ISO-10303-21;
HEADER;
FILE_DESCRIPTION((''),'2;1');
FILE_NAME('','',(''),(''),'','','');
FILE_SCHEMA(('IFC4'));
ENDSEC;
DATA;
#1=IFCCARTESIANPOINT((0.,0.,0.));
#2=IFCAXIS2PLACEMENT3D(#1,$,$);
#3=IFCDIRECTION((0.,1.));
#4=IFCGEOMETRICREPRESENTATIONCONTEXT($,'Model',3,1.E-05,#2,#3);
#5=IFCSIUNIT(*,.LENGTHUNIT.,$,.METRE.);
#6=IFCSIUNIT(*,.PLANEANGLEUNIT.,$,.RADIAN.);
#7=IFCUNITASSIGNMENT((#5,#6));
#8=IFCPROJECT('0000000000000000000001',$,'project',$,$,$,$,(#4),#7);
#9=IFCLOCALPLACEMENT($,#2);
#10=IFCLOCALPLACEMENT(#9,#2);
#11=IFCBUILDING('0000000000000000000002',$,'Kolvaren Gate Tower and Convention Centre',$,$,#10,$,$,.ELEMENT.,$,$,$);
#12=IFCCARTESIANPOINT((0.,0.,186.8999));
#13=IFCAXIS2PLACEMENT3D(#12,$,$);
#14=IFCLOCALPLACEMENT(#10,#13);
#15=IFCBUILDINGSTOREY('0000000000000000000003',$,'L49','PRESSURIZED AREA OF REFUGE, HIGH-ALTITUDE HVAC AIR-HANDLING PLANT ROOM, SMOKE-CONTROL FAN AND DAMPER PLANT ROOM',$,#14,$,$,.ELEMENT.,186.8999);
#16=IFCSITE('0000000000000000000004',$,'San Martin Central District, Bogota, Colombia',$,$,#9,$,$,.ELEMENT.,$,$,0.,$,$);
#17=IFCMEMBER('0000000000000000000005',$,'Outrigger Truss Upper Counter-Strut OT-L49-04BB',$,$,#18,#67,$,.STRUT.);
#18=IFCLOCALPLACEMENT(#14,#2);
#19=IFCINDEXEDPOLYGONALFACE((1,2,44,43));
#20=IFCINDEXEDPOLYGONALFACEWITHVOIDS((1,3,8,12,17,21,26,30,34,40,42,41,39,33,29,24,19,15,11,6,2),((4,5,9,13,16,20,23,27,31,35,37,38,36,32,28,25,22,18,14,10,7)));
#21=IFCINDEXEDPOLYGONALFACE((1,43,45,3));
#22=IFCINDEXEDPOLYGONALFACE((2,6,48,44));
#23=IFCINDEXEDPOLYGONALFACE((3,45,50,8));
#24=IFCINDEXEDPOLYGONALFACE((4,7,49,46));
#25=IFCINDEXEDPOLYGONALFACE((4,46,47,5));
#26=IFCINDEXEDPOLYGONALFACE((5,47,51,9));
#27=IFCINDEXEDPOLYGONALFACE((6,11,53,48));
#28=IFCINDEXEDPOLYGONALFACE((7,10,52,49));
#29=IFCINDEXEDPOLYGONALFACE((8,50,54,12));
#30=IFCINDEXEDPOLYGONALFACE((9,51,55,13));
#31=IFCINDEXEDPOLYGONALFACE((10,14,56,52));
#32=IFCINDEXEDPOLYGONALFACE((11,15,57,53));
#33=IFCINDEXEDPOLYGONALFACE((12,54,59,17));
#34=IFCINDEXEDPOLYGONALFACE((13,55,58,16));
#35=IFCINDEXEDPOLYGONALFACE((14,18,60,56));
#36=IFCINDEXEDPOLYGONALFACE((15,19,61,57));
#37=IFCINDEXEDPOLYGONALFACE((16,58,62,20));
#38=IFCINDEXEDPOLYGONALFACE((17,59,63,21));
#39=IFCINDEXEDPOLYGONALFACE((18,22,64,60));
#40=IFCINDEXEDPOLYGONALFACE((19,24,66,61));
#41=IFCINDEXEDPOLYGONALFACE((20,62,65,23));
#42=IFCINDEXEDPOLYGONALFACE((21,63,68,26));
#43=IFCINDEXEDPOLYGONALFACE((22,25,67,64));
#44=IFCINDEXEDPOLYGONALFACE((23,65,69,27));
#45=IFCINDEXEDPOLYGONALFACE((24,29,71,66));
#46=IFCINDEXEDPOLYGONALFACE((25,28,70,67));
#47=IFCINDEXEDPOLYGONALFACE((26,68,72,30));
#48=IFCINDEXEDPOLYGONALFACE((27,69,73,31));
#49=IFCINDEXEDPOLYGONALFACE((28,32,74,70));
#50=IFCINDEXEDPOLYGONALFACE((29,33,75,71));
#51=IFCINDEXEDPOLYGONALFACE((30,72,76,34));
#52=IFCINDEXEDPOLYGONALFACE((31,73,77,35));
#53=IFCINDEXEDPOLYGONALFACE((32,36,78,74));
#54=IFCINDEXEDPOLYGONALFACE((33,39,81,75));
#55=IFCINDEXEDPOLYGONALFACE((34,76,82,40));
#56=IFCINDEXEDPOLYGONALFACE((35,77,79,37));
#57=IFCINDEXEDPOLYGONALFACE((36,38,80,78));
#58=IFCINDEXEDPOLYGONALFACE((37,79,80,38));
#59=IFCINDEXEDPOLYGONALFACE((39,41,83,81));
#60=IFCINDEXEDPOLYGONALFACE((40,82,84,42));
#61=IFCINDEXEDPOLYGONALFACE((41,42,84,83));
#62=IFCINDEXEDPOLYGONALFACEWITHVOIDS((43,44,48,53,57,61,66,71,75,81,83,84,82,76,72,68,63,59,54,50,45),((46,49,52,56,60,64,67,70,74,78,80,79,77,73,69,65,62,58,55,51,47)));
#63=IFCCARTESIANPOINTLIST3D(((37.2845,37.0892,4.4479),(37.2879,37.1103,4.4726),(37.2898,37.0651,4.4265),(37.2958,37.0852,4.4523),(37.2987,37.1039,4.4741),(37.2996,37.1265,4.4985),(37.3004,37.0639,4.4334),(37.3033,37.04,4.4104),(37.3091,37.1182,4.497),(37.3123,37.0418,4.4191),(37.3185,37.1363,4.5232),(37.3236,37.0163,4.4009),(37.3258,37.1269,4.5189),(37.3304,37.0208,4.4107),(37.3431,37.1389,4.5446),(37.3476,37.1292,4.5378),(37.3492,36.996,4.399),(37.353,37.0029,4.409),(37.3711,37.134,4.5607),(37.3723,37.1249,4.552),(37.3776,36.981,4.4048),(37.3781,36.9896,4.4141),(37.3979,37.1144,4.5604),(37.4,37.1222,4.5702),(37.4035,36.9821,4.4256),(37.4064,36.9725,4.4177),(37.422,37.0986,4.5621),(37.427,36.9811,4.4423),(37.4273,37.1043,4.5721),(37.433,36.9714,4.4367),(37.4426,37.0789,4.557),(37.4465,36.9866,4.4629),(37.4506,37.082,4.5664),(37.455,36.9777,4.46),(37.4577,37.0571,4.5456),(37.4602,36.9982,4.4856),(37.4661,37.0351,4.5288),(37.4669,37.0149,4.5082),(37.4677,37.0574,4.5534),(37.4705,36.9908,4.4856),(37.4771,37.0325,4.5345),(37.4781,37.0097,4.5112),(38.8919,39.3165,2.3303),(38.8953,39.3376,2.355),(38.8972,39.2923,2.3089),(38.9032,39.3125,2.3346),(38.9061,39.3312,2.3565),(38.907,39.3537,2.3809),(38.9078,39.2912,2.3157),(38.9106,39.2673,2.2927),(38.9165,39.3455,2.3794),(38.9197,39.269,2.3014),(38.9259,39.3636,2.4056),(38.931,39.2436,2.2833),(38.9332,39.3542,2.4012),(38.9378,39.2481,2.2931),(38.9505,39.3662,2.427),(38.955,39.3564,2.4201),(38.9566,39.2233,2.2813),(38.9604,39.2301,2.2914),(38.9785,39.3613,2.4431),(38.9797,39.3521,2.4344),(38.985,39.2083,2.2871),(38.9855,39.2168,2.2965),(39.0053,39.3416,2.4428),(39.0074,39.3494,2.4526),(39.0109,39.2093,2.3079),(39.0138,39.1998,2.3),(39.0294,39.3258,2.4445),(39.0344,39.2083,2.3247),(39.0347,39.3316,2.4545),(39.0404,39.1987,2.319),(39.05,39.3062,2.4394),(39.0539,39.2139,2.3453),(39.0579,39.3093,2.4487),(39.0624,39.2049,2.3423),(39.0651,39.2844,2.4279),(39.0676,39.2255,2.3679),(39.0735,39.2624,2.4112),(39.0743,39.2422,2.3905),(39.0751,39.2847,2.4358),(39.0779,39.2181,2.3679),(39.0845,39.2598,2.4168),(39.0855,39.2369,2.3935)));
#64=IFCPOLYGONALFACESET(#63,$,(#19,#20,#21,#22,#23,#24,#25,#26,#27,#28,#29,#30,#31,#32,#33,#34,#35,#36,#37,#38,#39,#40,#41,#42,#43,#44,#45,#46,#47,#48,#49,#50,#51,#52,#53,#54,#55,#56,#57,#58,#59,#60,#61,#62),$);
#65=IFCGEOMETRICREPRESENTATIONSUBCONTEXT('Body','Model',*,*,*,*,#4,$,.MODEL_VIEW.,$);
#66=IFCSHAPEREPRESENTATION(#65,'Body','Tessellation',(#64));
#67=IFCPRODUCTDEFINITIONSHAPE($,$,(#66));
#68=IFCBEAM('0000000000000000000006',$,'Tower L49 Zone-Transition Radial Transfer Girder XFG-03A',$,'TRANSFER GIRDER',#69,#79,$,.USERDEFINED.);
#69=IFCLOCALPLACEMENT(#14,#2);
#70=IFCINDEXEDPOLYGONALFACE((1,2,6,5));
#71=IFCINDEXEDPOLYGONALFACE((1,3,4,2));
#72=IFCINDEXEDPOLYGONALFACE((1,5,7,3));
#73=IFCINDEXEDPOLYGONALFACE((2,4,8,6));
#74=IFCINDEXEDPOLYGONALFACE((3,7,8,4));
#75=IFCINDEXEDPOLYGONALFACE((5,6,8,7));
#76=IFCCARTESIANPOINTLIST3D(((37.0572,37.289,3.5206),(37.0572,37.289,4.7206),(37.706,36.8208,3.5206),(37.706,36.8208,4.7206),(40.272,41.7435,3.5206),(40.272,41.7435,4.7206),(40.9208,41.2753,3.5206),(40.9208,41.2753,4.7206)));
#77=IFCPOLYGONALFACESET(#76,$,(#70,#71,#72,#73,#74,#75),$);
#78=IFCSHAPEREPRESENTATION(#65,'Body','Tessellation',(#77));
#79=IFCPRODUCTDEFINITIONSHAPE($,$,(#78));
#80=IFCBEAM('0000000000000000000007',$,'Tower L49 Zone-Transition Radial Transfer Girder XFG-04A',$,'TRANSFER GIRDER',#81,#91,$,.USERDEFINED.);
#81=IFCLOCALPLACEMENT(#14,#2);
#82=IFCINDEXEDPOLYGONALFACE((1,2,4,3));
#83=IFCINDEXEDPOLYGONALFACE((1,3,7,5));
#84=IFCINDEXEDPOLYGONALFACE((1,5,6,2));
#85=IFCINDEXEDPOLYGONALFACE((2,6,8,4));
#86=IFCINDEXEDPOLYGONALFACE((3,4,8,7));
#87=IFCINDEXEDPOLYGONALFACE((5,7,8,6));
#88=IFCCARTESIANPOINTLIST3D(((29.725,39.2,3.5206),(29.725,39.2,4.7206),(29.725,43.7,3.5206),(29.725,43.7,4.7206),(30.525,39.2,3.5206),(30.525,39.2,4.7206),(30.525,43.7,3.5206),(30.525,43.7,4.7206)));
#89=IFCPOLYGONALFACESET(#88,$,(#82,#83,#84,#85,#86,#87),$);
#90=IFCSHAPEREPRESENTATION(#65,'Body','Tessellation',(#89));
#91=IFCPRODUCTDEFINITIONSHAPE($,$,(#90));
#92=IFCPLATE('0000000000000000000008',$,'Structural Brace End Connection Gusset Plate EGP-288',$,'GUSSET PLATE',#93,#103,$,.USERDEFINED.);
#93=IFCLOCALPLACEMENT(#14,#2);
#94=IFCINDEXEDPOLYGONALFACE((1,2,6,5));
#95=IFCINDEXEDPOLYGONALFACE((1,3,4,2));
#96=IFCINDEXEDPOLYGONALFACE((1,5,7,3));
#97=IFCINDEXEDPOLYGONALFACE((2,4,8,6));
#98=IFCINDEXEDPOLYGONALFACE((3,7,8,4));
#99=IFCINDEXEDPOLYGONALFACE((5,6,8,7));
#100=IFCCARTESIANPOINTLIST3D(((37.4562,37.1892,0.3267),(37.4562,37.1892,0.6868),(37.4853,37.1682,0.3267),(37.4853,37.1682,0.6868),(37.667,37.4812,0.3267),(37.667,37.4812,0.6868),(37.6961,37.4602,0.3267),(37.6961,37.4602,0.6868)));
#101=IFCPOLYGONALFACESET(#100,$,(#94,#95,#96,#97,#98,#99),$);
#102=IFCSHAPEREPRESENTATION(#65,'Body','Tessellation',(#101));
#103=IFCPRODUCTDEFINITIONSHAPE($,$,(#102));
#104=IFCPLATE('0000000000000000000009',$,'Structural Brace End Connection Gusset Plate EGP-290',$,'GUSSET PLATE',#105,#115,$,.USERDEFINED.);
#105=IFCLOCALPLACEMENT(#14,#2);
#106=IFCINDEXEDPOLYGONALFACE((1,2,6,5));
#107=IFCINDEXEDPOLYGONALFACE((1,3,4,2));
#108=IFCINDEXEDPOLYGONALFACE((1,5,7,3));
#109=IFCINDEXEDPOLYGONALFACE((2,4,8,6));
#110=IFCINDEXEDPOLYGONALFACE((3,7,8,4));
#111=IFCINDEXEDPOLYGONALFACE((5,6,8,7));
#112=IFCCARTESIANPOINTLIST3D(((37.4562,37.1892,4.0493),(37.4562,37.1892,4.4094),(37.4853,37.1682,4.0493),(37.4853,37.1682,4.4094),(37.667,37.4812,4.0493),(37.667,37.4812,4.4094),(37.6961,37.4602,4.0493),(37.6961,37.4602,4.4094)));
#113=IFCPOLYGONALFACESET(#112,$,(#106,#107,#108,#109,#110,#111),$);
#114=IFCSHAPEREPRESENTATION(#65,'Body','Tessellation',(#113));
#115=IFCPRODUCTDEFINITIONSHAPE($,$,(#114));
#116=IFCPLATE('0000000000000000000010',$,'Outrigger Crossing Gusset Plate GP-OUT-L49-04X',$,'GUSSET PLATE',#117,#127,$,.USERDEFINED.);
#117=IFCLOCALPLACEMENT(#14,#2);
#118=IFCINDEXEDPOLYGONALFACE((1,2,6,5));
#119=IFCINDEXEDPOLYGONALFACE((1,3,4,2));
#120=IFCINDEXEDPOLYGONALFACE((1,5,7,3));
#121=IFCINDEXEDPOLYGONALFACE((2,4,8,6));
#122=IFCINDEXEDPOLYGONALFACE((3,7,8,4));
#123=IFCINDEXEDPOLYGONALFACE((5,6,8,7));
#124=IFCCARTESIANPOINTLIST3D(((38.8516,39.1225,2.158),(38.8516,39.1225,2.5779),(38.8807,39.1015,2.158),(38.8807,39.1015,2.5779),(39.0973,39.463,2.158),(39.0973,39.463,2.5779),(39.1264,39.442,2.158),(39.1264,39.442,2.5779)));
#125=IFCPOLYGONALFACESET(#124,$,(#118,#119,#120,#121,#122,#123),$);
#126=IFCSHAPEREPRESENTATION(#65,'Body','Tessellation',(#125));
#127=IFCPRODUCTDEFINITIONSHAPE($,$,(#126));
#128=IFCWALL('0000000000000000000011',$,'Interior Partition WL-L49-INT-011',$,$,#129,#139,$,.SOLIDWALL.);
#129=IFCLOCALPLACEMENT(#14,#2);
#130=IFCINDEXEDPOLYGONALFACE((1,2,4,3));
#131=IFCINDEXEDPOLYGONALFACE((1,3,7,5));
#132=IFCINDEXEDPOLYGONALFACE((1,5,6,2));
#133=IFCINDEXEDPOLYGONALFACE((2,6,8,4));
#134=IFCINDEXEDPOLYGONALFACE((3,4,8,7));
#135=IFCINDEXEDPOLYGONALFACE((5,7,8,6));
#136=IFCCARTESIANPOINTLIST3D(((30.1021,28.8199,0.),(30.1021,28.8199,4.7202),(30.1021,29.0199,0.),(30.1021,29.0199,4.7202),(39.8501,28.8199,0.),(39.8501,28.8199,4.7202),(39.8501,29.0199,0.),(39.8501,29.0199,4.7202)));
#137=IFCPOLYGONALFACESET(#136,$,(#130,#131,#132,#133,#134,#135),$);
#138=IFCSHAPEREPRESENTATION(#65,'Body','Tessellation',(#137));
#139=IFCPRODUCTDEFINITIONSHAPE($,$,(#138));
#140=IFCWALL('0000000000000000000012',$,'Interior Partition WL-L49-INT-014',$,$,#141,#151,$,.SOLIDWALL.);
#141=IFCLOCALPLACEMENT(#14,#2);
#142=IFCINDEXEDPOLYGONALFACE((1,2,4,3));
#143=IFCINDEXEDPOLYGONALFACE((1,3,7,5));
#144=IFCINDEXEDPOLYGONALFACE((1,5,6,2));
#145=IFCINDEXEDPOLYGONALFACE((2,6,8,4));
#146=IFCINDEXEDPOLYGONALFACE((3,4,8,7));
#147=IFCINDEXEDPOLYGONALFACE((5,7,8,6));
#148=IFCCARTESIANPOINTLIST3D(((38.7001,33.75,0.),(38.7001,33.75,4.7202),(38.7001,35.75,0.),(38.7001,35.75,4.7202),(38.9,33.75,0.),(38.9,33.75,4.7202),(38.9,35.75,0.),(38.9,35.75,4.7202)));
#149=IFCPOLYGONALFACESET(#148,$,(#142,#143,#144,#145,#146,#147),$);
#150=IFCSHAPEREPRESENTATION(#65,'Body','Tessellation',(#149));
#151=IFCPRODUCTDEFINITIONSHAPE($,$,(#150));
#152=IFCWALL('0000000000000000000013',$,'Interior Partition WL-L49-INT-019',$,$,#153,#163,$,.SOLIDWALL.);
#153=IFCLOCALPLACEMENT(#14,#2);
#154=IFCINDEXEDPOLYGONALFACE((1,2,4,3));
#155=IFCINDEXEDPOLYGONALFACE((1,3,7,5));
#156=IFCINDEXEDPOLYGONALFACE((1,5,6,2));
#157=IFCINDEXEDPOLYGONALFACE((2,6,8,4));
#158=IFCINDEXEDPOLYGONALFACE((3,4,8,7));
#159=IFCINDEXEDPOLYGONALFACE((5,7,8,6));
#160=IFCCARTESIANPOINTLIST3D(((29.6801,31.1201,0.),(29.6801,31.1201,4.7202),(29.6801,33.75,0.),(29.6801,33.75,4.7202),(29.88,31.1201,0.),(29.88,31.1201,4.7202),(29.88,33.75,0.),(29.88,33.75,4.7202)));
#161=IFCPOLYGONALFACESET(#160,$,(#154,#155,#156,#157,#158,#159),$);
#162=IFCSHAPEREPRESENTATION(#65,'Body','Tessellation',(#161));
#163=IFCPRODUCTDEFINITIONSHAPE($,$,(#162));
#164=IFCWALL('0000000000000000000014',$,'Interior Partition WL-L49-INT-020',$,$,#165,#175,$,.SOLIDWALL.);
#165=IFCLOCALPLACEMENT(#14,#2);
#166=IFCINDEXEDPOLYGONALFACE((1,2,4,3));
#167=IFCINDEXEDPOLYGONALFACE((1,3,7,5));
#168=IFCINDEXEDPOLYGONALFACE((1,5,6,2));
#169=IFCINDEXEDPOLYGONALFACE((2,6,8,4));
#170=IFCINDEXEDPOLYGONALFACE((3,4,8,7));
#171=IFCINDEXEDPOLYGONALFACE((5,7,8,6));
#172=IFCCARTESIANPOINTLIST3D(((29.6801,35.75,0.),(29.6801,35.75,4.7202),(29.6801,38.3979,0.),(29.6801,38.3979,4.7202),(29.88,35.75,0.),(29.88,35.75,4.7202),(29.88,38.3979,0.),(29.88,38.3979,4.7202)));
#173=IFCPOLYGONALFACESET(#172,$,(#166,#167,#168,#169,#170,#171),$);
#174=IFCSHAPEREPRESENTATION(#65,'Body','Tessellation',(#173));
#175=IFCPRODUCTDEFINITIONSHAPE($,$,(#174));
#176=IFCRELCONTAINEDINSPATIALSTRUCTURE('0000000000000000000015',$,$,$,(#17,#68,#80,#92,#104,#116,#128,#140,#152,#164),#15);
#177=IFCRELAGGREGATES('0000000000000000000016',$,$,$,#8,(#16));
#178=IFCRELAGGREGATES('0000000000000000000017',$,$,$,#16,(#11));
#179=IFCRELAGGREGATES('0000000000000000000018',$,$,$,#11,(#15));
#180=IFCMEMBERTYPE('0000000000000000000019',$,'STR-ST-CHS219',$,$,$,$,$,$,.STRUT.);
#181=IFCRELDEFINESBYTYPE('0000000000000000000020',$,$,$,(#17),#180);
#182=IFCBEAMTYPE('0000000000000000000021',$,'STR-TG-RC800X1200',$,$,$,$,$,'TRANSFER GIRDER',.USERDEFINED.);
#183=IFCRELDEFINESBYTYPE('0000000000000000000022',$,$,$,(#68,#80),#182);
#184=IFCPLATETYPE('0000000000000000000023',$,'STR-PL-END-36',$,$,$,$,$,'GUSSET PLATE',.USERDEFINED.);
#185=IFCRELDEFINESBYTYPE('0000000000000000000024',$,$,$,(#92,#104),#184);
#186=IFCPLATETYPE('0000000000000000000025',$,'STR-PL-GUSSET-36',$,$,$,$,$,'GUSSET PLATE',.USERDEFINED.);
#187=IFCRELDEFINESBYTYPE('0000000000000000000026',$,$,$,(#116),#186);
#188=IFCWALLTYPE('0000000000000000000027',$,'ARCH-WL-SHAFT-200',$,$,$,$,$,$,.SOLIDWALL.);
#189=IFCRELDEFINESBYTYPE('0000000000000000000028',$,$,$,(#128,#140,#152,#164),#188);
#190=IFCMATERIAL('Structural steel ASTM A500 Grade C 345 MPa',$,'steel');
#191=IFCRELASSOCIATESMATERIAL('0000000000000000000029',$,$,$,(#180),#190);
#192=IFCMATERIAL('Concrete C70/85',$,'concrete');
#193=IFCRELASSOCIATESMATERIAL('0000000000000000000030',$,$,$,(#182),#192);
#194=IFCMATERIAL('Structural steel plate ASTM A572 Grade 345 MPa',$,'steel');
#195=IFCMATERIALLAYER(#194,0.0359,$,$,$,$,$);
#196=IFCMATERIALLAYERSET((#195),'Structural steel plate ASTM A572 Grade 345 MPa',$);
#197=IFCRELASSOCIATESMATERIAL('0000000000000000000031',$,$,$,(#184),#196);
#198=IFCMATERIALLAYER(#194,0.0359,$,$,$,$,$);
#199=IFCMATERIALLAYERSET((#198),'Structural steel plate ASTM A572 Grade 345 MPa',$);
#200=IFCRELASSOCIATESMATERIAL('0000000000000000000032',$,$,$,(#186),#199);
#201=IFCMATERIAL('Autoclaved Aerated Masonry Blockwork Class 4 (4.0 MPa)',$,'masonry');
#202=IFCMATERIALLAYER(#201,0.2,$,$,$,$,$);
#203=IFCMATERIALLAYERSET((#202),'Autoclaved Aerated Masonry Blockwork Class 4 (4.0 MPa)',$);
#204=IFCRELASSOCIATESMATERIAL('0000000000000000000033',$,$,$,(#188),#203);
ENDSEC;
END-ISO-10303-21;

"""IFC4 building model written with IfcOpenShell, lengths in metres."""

from ifc_helpers import new_model, si_unit, direction, frame, frame_2d, origin, origin_2d, place, context, subcontext, project, spatial, rectangle, hollow_circle, extrude, material, layer, layer_set, material_profile, profile_set, type_object, element, save


model = new_model("IFC4")

# Units and contexts
model_context = context("Model", 3, precision=1e-05, world=origin(), true_north=direction((0.0, 1.0)))
body_context = subcontext(model_context, "Body", "Model", "MODEL_VIEW")
ifc_project = project(units=[si_unit("LENGTHUNIT", "METRE"), si_unit("PLANEANGLEUNIT", "RADIAN")], contexts=[model_context])

# Site, building, storey
site_placement = place(None, origin())
site = spatial("IfcSite", under=ifc_project, at=site_placement, Name="San Martin Central District, Bogota, Colombia", CompositionType="ELEMENT", RefElevation=0.0)
building_placement = place(site_placement, origin())
building = spatial("IfcBuilding", under=site, at=building_placement, Name="Kolvaren Gate Tower and Convention Centre", CompositionType="ELEMENT")
storey_placement = place(building_placement, frame((0.0, 0.0, 186.8999)))
storey = spatial("IfcBuildingStorey", under=building, at=storey_placement, Name="L49", Description="PRESSURIZED AREA OF REFUGE, HIGH-ALTITUDE HVAC AIR-HANDLING PLANT ROOM, SMOKE-CONTROL FAN AND DAMPER PLANT ROOM", CompositionType="ELEMENT", Elevation=186.8999)

# Shared definitions
ifc_material_1 = material(Name="Structural steel ASTM A500 Grade C 345 MPa", Category="steel")

# Member
ifc_material_profile_1 = material_profile(ifc_material_1, hollow_circle(Radius=0.1096, WallThickness=0.0127, at=origin_2d()), Name="CHS219X12.7")
ifc_profile_set_1 = profile_set([ifc_material_profile_1], Name="Structural steel ASTM A500 Grade C 345 MPa")
member_type_1 = type_object("IfcMemberType", Name="STR-ST-CHS219", PredefinedType="STRUT", material=ifc_profile_set_1)
member_1_placement = place(storey_placement, frame((38.989, 39.2822, 2.3679), z_axis=(-0.463459, -0.642184, 0.610578), x_axis=(0.810883, -0.585208, 0.0)))
element("IfcMember", 1, at=member_1_placement, inside=storey, type_object=member_type_1, Name="Outrigger Truss Upper Counter-Strut OT-L49-04BB", PredefinedType="STRUT", context=body_context, shape_type="SweptSolid", body=[
    extrude(hollow_circle(Radius=0.1096, WallThickness=0.0127, at=origin_2d()), origin(), (0.0, 0.0, 1.0), 3.4683),
])

# Beams
ifc_material_2 = material(Name="Concrete C70/85", Category="concrete")
ifc_material_profile_2 = material_profile(ifc_material_2, rectangle(XDim=0.8, YDim=1.2, at=origin_2d()), Name="RC-BM-800X1200")
ifc_profile_set_2 = profile_set([ifc_material_profile_2], Name="Concrete C70/85")
beam_type_1 = type_object("IfcBeamType", Name="STR-TG-RC800X1200", ElementType="TRANSFER GIRDER", PredefinedType="USERDEFINED", material=ifc_profile_set_2)
beam_1_placement = place(storey_placement, frame((37.3816, 37.0549, 4.1206), z_axis=(0.585208, 0.810883, 0.0), x_axis=(-0.810883, 0.585208, 0.0)))
element("IfcBeam", 2, at=beam_1_placement, inside=storey, type_object=beam_type_1, Name="Tower L49 Zone-Transition Radial Transfer Girder XFG-03A", ObjectType="TRANSFER GIRDER", PredefinedType="USERDEFINED", context=body_context, shape_type="SweptSolid", body=[
    extrude(rectangle(XDim=0.8, YDim=1.2, at=origin_2d()), origin(), (0.0, 0.0, 1.0), 5.4934),
])
beam_2_placement = place(storey_placement, frame((30.125, 39.2, 4.1206), z_axis=(0.0, 1.0, 0.0), x_axis=(-1.0, 0.0, 0.0)))
element("IfcBeam", 3, at=beam_2_placement, inside=storey, type_object=beam_type_1, Name="Tower L49 Zone-Transition Radial Transfer Girder XFG-04A", ObjectType="TRANSFER GIRDER", PredefinedType="USERDEFINED", context=body_context, shape_type="SweptSolid", body=[
    extrude(rectangle(XDim=0.8, YDim=1.2, at=origin_2d()), origin(), (0.0, 0.0, 1.0), 4.5),
])

# Plates
ifc_material_3 = material(Name="Structural steel plate ASTM A572 Grade 345 MPa", Category="steel")
ifc_layer_1 = layer(ifc_material_3, 0.0359)
ifc_layer_set_1 = layer_set([ifc_layer_1], Name="Structural steel plate ASTM A572 Grade 345 MPa")
plate_type_1 = type_object("IfcPlateType", Name="STR-PL-END-36", ElementType="GUSSET PLATE", PredefinedType="USERDEFINED", material=ifc_layer_set_1)
for number, where, z_axis, x_axis, name in (
    (4, (37.5762, 37.3247, 0.3267), (0.0, 0.0, 1.0), (0.585231, 0.810867, 0.0), "Structural Brace End Connection Gusset Plate EGP-288"),
    (5, (37.5762, 37.3247, 4.0493), (0.0, 0.0, 1.0), (-0.585244, -0.810858, 0.0), "Structural Brace End Connection Gusset Plate EGP-290"),
):
    element("IfcPlate", number, at=place(storey_placement, frame(where, z_axis=z_axis, x_axis=x_axis)), inside=storey, type_object=plate_type_1, Name=name, ObjectType="GUSSET PLATE", PredefinedType="USERDEFINED", context=body_context, shape_type="SweptSolid", body=[
        extrude(rectangle(XDim=0.3601, YDim=0.0359, at=origin_2d()), origin(), (0.0, 0.0, 1.0), 0.3601),
    ])
ifc_layer_2 = layer(ifc_material_3, 0.0359)
ifc_layer_set_2 = layer_set([ifc_layer_2], Name="Structural steel plate ASTM A572 Grade 345 MPa")
plate_type_2 = type_object("IfcPlateType", Name="STR-PL-GUSSET-36", ElementType="GUSSET PLATE", PredefinedType="USERDEFINED", material=ifc_layer_set_2)
plate_placement = place(storey_placement, frame((38.989, 39.2822, 2.158), z_axis=(0.0, 0.0, 1.0), x_axis=(0.585231, 0.810867, 0.0)))
element("IfcPlate", 6, at=plate_placement, inside=storey, type_object=plate_type_2, Name="Outrigger Crossing Gusset Plate GP-OUT-L49-04X", ObjectType="GUSSET PLATE", PredefinedType="USERDEFINED", context=body_context, shape_type="SweptSolid", body=[
    extrude(rectangle(XDim=0.4199, YDim=0.0359, at=origin_2d()), origin(), (0.0, 0.0, 1.0), 0.4199),
])

# Walls
ifc_material_4 = material(Name="Autoclaved Aerated Masonry Blockwork Class 4 (4.0 MPa)", Category="masonry")
ifc_layer_3 = layer(ifc_material_4, 0.2)
ifc_layer_set_3 = layer_set([ifc_layer_3], Name="Autoclaved Aerated Masonry Blockwork Class 4 (4.0 MPa)")
wall_type = type_object("IfcWallType", Name="ARCH-WL-SHAFT-200", PredefinedType="SOLIDWALL", material=ifc_layer_set_3)
wall_1_placement = place(storey_placement, frame((30.1021, 28.9199, 0.0), z_axis=(0.0, 0.0, 1.0), x_axis=(1.0, 0.0, 0.0)))
element("IfcWall", 7, at=wall_1_placement, inside=storey, type_object=wall_type, Name="Interior Partition WL-L49-INT-011", PredefinedType="SOLIDWALL", context=body_context, shape_type="SweptSolid", body=[
    extrude(rectangle(XDim=9.748, YDim=0.2, at=frame_2d((4.874, 0.0))), origin(), (0.0, 0.0, 1.0), 4.7202),
])
wall_2_placement = place(storey_placement, frame((38.8, 33.75, 0.0), z_axis=(0.0, 0.0, 1.0), x_axis=(0.0, 1.0, 0.0)))
element("IfcWall", 8, at=wall_2_placement, inside=storey, type_object=wall_type, Name="Interior Partition WL-L49-INT-014", PredefinedType="SOLIDWALL", context=body_context, shape_type="SweptSolid", body=[
    extrude(rectangle(XDim=2.0, YDim=0.2, at=frame_2d((1.0, 0.0))), origin(), (0.0, 0.0, 1.0), 4.7202),
])
wall_3_placement = place(storey_placement, frame((29.78, 31.1201, 0.0), z_axis=(0.0, 0.0, 1.0), x_axis=(0.0, 1.0, 0.0)))
element("IfcWall", 9, at=wall_3_placement, inside=storey, type_object=wall_type, Name="Interior Partition WL-L49-INT-019", PredefinedType="SOLIDWALL", context=body_context, shape_type="SweptSolid", body=[
    extrude(rectangle(XDim=2.6299, YDim=0.2, at=frame_2d((1.3149, 0.0))), origin(), (0.0, 0.0, 1.0), 4.7202),
])
wall_4_placement = place(storey_placement, frame((29.78, 35.75, 0.0), z_axis=(0.0, 0.0, 1.0), x_axis=(0.0, 1.0, 0.0)))
element("IfcWall", 10, at=wall_4_placement, inside=storey, type_object=wall_type, Name="Interior Partition WL-L49-INT-020", PredefinedType="SOLIDWALL", context=body_context, shape_type="SweptSolid", body=[
    extrude(rectangle(XDim=2.6479, YDim=0.2, at=frame_2d((1.324, 0.0))), origin(), (0.0, 0.0, 1.0), 4.7202),
])

save(model, "model.ifc")
